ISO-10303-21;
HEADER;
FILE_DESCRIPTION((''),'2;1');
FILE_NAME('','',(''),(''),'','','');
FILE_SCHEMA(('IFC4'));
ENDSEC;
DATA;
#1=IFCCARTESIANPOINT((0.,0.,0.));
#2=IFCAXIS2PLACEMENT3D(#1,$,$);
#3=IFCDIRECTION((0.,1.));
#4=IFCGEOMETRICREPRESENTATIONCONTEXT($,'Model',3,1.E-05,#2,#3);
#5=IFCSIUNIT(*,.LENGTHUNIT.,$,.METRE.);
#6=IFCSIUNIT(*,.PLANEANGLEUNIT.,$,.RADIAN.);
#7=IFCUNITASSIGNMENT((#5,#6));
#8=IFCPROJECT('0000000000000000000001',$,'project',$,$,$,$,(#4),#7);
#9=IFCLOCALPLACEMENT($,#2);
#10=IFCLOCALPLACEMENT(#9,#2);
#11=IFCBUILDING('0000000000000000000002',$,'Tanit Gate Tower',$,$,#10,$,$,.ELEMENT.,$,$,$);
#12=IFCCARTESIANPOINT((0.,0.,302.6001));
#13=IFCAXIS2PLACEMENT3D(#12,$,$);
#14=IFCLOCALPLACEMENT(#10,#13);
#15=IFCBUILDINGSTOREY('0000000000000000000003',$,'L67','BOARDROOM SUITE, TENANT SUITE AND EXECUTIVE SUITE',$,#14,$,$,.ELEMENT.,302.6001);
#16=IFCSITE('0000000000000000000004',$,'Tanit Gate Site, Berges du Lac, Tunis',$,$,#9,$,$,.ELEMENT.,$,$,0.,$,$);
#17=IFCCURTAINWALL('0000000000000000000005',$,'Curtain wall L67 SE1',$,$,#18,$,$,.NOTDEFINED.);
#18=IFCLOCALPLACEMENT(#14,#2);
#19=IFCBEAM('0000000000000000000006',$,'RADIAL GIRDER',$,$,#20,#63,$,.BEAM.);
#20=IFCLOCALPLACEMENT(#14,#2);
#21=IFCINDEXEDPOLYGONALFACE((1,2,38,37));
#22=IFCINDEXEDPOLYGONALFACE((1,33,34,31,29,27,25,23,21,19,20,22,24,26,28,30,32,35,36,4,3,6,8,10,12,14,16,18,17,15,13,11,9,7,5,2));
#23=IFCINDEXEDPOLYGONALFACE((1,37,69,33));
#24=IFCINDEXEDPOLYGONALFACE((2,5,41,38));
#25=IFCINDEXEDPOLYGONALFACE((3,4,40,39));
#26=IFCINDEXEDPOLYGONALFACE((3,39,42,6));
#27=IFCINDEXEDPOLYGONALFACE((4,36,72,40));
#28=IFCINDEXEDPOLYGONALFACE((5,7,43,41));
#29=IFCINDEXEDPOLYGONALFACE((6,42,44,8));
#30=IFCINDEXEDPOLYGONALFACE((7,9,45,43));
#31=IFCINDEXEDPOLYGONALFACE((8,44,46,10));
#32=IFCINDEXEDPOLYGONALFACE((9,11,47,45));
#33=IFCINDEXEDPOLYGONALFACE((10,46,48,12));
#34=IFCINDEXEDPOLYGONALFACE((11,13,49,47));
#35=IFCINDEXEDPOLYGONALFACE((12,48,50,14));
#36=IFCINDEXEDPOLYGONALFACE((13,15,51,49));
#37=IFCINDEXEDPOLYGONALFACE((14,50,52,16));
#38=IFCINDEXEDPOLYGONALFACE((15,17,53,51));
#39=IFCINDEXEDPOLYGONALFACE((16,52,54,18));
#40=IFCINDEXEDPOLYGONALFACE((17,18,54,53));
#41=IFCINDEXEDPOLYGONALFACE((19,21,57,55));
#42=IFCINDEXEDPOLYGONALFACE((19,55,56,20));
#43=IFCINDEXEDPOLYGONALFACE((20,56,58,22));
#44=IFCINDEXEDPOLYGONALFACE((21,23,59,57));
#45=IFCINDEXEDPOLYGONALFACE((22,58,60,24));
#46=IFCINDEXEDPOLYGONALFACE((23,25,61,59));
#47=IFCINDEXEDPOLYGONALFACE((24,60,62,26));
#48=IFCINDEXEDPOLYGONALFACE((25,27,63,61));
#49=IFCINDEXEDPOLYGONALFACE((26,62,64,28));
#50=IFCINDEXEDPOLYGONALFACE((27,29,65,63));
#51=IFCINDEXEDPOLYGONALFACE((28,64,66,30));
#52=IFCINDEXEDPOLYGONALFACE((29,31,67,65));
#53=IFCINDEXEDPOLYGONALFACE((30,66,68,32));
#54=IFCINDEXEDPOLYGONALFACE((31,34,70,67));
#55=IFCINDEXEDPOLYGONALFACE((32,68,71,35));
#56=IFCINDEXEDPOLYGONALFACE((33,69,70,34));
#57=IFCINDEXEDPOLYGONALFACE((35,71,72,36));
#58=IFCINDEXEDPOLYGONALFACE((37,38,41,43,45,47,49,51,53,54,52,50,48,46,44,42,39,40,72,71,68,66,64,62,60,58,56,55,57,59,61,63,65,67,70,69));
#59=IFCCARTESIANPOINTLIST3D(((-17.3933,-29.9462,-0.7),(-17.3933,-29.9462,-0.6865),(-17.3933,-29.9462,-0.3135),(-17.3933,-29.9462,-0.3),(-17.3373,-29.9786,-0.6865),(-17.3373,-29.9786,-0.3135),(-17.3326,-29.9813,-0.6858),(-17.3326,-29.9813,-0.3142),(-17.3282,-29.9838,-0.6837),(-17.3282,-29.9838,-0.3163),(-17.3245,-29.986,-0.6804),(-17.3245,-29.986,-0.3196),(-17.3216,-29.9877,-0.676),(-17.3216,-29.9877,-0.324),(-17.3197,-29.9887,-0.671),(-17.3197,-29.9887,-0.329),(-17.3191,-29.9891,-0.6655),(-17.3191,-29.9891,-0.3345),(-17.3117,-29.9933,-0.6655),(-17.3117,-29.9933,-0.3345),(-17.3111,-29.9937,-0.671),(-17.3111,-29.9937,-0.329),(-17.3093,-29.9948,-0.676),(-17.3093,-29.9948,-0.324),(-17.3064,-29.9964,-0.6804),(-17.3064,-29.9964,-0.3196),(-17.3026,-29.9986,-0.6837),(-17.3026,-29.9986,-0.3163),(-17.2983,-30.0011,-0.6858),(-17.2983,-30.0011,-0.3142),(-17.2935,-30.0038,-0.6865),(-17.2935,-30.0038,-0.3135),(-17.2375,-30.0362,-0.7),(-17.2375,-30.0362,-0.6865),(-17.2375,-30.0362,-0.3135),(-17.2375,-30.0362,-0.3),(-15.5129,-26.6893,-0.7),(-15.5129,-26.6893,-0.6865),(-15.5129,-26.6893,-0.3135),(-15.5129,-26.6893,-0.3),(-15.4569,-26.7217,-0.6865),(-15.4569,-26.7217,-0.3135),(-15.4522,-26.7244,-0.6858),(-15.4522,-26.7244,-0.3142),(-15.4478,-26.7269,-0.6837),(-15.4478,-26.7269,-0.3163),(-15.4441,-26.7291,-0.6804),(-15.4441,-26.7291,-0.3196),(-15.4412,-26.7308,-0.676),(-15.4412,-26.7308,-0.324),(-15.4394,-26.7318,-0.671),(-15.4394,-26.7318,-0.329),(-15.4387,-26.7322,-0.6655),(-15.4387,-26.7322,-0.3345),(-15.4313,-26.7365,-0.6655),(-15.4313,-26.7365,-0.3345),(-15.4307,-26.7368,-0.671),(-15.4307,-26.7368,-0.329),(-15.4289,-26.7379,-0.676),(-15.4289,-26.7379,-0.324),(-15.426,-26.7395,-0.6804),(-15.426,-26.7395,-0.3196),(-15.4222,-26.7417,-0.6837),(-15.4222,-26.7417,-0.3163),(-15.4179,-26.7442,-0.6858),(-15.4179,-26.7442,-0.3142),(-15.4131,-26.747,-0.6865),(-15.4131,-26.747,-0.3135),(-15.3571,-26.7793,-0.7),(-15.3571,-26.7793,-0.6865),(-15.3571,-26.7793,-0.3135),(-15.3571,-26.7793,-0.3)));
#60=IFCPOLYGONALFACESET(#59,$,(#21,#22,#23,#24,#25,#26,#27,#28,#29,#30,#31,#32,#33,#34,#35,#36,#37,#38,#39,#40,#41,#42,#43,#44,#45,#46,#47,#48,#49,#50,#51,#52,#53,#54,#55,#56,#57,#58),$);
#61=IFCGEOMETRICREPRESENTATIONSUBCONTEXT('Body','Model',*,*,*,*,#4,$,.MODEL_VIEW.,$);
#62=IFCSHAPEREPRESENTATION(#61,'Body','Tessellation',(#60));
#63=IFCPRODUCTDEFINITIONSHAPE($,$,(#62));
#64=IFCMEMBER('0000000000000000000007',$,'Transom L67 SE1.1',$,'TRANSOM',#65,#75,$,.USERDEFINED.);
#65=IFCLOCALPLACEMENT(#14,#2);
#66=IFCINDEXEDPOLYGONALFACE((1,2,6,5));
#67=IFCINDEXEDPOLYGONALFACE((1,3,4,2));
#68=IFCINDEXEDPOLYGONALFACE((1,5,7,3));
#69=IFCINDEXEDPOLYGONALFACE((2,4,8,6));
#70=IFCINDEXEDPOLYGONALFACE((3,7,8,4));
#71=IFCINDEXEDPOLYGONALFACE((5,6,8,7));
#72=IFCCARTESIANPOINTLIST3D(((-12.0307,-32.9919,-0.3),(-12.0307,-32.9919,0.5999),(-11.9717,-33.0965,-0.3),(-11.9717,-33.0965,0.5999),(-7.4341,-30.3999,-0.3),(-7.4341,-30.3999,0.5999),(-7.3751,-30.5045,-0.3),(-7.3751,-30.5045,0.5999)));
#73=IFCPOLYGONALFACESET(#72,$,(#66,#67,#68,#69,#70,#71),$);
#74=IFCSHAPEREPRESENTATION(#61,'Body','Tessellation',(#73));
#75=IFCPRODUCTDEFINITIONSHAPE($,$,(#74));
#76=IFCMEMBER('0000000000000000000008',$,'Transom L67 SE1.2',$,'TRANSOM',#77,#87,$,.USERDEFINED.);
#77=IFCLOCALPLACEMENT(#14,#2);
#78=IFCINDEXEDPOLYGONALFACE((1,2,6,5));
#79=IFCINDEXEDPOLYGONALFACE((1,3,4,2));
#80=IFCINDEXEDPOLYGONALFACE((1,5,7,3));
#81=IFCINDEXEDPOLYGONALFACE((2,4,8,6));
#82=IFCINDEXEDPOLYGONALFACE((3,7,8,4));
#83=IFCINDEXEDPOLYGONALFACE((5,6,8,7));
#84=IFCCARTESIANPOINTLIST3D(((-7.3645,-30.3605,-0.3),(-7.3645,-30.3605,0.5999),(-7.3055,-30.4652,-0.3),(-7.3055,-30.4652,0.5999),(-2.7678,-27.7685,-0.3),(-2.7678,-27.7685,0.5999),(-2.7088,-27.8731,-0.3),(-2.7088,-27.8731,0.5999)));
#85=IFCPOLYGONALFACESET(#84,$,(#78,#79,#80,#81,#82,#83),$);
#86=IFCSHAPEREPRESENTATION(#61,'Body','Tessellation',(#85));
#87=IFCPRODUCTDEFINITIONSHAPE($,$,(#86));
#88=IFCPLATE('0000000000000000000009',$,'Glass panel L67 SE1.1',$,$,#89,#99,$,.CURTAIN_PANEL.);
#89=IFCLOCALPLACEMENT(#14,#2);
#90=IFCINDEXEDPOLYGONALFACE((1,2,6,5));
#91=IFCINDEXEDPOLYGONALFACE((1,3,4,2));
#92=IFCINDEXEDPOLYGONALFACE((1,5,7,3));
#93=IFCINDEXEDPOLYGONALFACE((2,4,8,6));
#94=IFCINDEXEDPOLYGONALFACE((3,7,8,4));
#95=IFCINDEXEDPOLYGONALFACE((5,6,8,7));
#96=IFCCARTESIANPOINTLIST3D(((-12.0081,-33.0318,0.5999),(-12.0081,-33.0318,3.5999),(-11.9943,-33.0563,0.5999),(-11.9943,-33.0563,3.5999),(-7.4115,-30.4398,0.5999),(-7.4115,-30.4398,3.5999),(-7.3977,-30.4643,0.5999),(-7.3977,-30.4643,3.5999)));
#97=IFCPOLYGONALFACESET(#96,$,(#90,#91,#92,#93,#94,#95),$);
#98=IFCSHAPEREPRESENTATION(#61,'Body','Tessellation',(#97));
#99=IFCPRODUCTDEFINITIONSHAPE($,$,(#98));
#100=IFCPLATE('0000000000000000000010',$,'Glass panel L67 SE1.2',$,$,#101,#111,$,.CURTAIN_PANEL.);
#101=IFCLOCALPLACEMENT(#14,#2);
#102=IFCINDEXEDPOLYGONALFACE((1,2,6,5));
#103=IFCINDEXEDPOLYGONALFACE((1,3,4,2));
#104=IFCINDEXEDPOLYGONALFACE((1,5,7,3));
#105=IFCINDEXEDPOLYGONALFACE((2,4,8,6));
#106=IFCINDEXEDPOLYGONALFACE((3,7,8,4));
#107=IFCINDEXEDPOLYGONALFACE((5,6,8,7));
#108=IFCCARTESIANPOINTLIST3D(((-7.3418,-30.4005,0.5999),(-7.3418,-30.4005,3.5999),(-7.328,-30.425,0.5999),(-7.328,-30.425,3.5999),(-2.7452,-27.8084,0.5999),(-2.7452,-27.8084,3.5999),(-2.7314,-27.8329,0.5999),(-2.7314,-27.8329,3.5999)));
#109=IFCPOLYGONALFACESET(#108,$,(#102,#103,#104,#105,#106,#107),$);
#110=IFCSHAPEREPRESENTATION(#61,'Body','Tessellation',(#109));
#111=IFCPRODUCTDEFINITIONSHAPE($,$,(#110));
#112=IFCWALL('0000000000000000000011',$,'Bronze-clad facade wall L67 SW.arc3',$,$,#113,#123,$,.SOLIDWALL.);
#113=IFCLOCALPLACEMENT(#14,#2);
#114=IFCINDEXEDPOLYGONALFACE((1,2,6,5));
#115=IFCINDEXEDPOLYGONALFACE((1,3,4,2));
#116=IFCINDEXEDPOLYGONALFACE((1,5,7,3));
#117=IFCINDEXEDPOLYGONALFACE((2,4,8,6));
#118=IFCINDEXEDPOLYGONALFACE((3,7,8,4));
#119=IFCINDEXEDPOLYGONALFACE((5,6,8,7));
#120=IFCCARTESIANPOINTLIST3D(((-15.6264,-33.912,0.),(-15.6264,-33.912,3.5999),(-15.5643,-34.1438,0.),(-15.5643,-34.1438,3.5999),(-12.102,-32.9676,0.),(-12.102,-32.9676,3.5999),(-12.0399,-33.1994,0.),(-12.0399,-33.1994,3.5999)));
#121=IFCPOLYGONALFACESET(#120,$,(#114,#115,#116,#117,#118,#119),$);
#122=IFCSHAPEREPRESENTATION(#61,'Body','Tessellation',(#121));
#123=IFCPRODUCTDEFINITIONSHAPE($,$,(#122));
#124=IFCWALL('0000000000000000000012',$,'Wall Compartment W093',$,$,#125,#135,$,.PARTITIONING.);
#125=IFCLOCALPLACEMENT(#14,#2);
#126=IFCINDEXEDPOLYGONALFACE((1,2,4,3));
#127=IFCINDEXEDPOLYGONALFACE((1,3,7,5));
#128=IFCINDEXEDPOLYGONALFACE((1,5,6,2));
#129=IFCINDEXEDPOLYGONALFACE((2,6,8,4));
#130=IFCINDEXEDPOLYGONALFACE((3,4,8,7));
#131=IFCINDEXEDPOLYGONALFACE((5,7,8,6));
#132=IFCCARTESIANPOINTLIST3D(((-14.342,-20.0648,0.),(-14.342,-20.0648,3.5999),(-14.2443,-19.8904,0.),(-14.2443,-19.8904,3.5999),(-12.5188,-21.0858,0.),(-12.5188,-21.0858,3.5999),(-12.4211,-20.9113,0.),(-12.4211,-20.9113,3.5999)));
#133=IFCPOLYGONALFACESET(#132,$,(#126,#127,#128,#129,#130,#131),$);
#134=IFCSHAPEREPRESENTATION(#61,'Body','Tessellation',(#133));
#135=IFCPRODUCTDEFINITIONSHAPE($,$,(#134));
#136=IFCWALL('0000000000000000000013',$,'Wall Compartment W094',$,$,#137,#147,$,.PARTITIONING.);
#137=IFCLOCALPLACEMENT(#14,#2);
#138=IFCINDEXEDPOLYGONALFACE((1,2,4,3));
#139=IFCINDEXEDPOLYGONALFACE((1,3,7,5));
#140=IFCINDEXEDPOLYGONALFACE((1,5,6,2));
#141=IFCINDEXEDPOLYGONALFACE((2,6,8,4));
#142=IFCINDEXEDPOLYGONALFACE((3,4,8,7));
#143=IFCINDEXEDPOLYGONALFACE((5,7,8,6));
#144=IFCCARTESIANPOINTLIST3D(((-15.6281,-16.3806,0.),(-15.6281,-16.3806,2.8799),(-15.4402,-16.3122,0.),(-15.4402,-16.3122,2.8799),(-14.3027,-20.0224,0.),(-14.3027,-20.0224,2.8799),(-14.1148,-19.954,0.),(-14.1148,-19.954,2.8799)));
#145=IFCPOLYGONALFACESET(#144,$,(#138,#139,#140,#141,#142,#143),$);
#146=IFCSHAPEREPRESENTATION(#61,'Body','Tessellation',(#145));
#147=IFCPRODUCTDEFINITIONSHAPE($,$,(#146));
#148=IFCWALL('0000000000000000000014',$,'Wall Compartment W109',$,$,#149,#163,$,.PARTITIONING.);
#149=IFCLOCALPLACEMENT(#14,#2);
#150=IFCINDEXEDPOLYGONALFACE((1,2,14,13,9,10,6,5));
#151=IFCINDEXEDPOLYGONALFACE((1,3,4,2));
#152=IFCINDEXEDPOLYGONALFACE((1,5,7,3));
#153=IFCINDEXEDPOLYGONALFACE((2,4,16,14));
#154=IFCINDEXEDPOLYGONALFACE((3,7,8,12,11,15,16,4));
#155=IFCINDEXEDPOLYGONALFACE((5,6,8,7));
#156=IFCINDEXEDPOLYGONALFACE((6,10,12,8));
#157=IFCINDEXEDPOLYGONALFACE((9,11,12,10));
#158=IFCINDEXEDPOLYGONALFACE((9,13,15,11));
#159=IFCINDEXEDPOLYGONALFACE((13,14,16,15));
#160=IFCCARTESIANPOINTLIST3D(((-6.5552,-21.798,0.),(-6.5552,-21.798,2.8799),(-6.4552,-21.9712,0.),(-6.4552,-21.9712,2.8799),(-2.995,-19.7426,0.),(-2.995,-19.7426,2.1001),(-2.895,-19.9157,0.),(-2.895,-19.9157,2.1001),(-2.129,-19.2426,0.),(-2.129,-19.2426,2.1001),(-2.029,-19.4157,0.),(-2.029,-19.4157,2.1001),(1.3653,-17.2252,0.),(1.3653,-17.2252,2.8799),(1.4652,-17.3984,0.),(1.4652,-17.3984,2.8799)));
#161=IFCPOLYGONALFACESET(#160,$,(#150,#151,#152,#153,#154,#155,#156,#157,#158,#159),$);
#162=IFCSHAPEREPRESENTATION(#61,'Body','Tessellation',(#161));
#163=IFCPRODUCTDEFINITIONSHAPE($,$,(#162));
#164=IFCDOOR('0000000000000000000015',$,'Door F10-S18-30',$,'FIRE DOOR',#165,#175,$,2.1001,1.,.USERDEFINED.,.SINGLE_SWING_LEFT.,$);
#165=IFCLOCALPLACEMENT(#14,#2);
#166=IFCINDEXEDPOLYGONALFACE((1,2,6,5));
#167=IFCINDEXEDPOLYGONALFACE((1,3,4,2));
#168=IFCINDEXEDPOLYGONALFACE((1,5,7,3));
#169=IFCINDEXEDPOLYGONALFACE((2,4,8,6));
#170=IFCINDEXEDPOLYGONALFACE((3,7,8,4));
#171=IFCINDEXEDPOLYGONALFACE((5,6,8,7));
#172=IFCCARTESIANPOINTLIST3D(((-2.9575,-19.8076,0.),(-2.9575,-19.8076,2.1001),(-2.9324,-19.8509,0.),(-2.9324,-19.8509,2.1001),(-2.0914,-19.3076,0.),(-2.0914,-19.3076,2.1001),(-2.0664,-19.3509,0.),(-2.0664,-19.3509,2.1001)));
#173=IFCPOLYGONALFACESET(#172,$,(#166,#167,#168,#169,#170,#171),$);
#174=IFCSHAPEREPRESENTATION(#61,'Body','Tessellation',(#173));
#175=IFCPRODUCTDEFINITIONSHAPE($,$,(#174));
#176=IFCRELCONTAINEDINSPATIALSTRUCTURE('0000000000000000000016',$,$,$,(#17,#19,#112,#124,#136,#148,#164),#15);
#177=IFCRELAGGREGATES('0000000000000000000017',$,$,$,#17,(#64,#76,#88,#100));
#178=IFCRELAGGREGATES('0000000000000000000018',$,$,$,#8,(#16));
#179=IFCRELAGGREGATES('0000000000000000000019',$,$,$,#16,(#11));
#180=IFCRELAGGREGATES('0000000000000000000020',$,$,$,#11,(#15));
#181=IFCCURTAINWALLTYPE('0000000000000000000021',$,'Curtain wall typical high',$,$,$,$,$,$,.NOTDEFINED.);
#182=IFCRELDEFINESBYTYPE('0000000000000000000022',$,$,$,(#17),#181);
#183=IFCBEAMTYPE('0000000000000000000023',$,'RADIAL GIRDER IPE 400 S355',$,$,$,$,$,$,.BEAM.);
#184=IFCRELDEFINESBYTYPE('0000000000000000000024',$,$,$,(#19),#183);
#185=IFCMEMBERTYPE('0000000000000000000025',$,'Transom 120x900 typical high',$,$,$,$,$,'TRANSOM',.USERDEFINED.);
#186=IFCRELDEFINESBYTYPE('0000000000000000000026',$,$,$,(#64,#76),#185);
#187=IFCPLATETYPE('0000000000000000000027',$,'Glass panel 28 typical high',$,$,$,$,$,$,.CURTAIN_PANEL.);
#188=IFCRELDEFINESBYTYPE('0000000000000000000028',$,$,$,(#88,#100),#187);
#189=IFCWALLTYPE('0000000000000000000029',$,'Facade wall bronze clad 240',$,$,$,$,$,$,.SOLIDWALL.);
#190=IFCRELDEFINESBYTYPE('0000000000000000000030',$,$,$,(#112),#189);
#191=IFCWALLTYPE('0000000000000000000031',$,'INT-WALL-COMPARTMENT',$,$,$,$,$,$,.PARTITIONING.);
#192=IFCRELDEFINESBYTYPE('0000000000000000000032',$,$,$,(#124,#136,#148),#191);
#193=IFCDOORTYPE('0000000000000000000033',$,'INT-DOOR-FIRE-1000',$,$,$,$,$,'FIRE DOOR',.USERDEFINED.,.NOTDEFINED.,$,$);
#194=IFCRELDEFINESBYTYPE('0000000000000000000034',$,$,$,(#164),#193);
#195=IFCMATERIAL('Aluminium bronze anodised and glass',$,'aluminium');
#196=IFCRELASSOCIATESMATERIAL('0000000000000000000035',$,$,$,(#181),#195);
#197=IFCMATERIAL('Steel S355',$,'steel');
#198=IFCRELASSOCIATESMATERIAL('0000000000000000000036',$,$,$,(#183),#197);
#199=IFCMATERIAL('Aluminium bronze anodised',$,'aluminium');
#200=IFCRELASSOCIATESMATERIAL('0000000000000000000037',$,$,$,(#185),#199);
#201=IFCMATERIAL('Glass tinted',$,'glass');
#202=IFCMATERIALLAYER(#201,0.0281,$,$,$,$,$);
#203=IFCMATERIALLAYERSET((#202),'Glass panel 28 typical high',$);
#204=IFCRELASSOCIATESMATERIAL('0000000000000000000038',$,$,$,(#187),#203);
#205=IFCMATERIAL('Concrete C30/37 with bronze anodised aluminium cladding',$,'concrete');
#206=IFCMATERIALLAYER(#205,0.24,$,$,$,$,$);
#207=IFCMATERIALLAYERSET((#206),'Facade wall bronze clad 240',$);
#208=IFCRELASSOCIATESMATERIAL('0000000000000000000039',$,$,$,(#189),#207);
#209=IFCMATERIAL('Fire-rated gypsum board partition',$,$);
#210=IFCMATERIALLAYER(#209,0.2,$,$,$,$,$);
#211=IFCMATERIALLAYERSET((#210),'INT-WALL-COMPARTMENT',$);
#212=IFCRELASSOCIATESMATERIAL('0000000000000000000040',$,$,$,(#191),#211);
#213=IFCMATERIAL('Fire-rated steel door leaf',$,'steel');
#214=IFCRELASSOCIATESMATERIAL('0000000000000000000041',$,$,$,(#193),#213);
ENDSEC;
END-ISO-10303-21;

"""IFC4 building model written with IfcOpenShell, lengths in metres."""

from ifc_helpers import new_model, si_unit, direction, frame, frame_2d, origin, origin_2d, place, context, subcontext, project, spatial, rectangle, i_section, extrude, material, layer, layer_set, material_profile, profile_set, type_object, element, fill, aggregate, save


model = new_model("IFC4")

# Units and contexts
model_context = context("Model", 3, precision=1e-05, world=origin(), true_north=direction((0.0, 1.0)))
body_context = subcontext(model_context, "Body", "Model", "MODEL_VIEW")
ifc_project = project(units=[si_unit("LENGTHUNIT", "METRE"), si_unit("PLANEANGLEUNIT", "RADIAN")], contexts=[model_context])

# Site, building, storey
site_placement = place(None, origin())
site = spatial("IfcSite", under=ifc_project, at=site_placement, Name="Tanit Gate Site, Berges du Lac, Tunis", CompositionType="ELEMENT", RefElevation=0.0)
building_placement = place(site_placement, origin())
building = spatial("IfcBuilding", under=site, at=building_placement, Name="Tanit Gate Tower", CompositionType="ELEMENT")
storey_placement = place(building_placement, frame((0.0, 0.0, 302.6001)))
storey = spatial("IfcBuildingStorey", under=building, at=storey_placement, Name="L67", Description="BOARDROOM SUITE, TENANT SUITE AND EXECUTIVE SUITE", CompositionType="ELEMENT", Elevation=302.6001)

# Curtain wall
ifc_material_1 = material(Name="Aluminium bronze anodised and glass", Category="aluminium")
curtain_wall_type = type_object("IfcCurtainWallType", Name="Curtain wall typical high", PredefinedType="NOTDEFINED", material=ifc_material_1)
curtain_wall_placement = place(storey_placement, origin())
curtain_wall = element("IfcCurtainWall", 1, at=curtain_wall_placement, inside=storey, type_object=curtain_wall_type, Name="Curtain wall L67 SE1", PredefinedType="NOTDEFINED")

# Beam
ifc_material_2 = material(Name="Steel S355", Category="steel")
ifc_material_profile_1 = material_profile(ifc_material_2, i_section(OverallWidth=0.1799, OverallDepth=0.3999, WebThickness=0.0085, FlangeThickness=0.0134, FilletRadius=0.021, at=origin_2d()), Name="IPE 400")
ifc_profile_set_1 = profile_set([ifc_material_profile_1], Name="Steel S355")
beam_type_1 = type_object("IfcBeamType", Name="RADIAL GIRDER IPE 400 S355", PredefinedType="BEAM", material=ifc_profile_set_1)
beam_1_placement = place(storey_placement, frame((-17.3154, -29.9912, -0.5), z_axis=(0.500007, 0.866021, 0.0), x_axis=(-0.866021, 0.500007, 0.0)))
element("IfcBeam", 2, at=beam_1_placement, inside=storey, type_object=beam_type_1, Name="RADIAL GIRDER", PredefinedType="BEAM", context=body_context, shape_type="SweptSolid", body=[
    extrude(i_section(OverallWidth=0.1799, OverallDepth=0.3999, WebThickness=0.0085, FlangeThickness=0.0134, FilletRadius=0.021, at=origin_2d()), origin(), (0.0, 0.0, 1.0), 3.7607),
])

# Members
ifc_material_3 = material(Name="Aluminium bronze anodised", Category="aluminium")
ifc_material_profile_2 = material_profile(ifc_material_3, rectangle(XDim=0.1201, YDim=0.8999, at=origin_2d()), Name="120x900 bronze transom")
ifc_profile_set_2 = profile_set([ifc_material_profile_2], Name="Aluminium bronze anodised")
member_type_1 = type_object("IfcMemberType", Name="Transom 120x900 typical high", ElementType="TRANSOM", PredefinedType="USERDEFINED", material=ifc_profile_set_2)
member_1_placement = place(storey_placement, frame((-12.0012, -33.0442, 0.1499), z_axis=(0.871056, 0.491183, 0.0), x_axis=(-0.491183, 0.871056, 0.0)))
member_1 = element("IfcMember", 3, at=member_1_placement, type_object=member_type_1, Name="Transom L67 SE1.1", ObjectType="TRANSOM", PredefinedType="USERDEFINED", context=body_context, shape_type="SweptSolid", body=[
    extrude(rectangle(XDim=0.1201, YDim=0.8999, at=origin_2d()), origin(), (0.0, 0.0, 1.0), 5.2771),
])
member_2_placement = place(storey_placement, frame((-7.335, -30.4128, 0.1499), z_axis=(0.871056, 0.491183, 0.0), x_axis=(-0.491183, 0.871056, 0.0)))
member_2 = element("IfcMember", 4, at=member_2_placement, type_object=member_type_1, Name="Transom L67 SE1.2", ObjectType="TRANSOM", PredefinedType="USERDEFINED", context=body_context, shape_type="SweptSolid", body=[
    extrude(rectangle(XDim=0.1201, YDim=0.8999, at=origin_2d()), origin(), (0.0, 0.0, 1.0), 5.2771),
])

# Plates
ifc_material_4 = material(Name="Glass tinted", Category="glass")
ifc_layer_1 = layer(ifc_material_4, 0.0281)
ifc_layer_set_1 = layer_set([ifc_layer_1], Name="Glass panel 28 typical high")
plate_type = type_object("IfcPlateType", Name="Glass panel 28 typical high", PredefinedType="CURTAIN_PANEL", material=ifc_layer_set_1)
plate_1_placement = place(storey_placement, frame((-9.7029, -31.748, 0.5999), z_axis=(0.0, 0.0, 1.0), x_axis=(0.871054, 0.491188, 0.0)))
plate_1 = element("IfcPlate", 5, at=plate_1_placement, type_object=plate_type, Name="Glass panel L67 SE1.1", PredefinedType="CURTAIN_PANEL", context=body_context, shape_type="SweptSolid", body=[
    extrude(rectangle(XDim=5.2771, YDim=0.0281, at=origin_2d()), origin(), (0.0, 0.0, 1.0), 3.0),
])
plate_2_placement = place(storey_placement, frame((-5.0366, -29.1167, 0.5999), z_axis=(0.0, 0.0, 1.0), x_axis=(0.871054, 0.491188, 0.0)))
plate_2 = element("IfcPlate", 6, at=plate_2_placement, type_object=plate_type, Name="Glass panel L67 SE1.2", PredefinedType="CURTAIN_PANEL", context=body_context, shape_type="SweptSolid", body=[
    extrude(rectangle(XDim=5.2771, YDim=0.0281, at=origin_2d()), origin(), (0.0, 0.0, 1.0), 3.0),
])
aggregate(curtain_wall, [member_1, member_2, plate_1, plate_2])

# Walls
ifc_material_5 = material(Name="Concrete C30/37 with bronze anodised aluminium cladding", Category="concrete")
ifc_layer_2 = layer(ifc_material_5, 0.24)
ifc_layer_set_2 = layer_set([ifc_layer_2], Name="Facade wall bronze clad 240")
wall_type_1 = type_object("IfcWallType", Name="Facade wall bronze clad 240", PredefinedType="SOLIDWALL", material=ifc_layer_set_2)
wall_1_placement = place(storey_placement, frame((-15.5952, -34.0278, 0.0), z_axis=(0.0, 0.0, 1.0), x_axis=(0.965928, 0.258812, 0.0)))
element("IfcWall", 7, at=wall_1_placement, inside=storey, type_object=wall_type_1, Name="Bronze-clad facade wall L67 SW.arc3", PredefinedType="SOLIDWALL", context=body_context, shape_type="SweptSolid", body=[
    extrude(rectangle(XDim=3.6487, YDim=0.24, at=frame_2d((1.8242, 0.0))), origin(), (0.0, 0.0, 1.0), 3.5999),
])
ifc_material_6 = material(Name="Fire-rated gypsum board partition")
ifc_layer_3 = layer(ifc_material_6, 0.2)
ifc_layer_set_3 = layer_set([ifc_layer_3], Name="INT-WALL-COMPARTMENT")
wall_type_2 = type_object("IfcWallType", Name="INT-WALL-COMPARTMENT", PredefinedType="PARTITIONING", material=ifc_layer_set_3)
wall_2_placement = place(storey_placement, frame((-14.2932, -19.9775, 0.0), z_axis=(0.0, 0.0, 1.0), x_axis=(0.87251, -0.488596, 0.0)))
element("IfcWall", 8, at=wall_2_placement, inside=storey, type_object=wall_type_2, Name="Wall Compartment W093", PredefinedType="PARTITIONING", context=body_context, shape_type="SweptSolid", body=[
    extrude(rectangle(XDim=2.0896, YDim=0.2, at=frame_2d((1.0449, 0.0))), origin(), (0.0, 0.0, 1.0), 3.5999),
])
wall_3_placement = place(storey_placement, frame((-15.5342, -16.3464, 0.0), z_axis=(0.0, 0.0, 1.0), x_axis=(0.342001, -0.9397, 0.0)))
element("IfcWall", 9, at=wall_3_placement, inside=storey, type_object=wall_type_2, Name="Wall Compartment W094", PredefinedType="PARTITIONING", context=body_context, shape_type="SweptSolid", body=[
    extrude(rectangle(XDim=3.8755, YDim=0.2, at=frame_2d((1.9377, 0.0))), origin(), (0.0, 0.0, 1.0), 2.8799),
])

# Wall, opening, door
wall_4_placement = place(storey_placement, frame((-6.5051, -21.8845, 0.0), z_axis=(0.0, 0.0, 1.0), x_axis=(0.86603, 0.499992, 0.0)))
wall_4 = element("IfcWall", 10, at=wall_4_placement, inside=storey, type_object=wall_type_2, Name="Wall Compartment W109", PredefinedType="PARTITIONING", context=body_context, shape_type="SweptSolid", body=[
    extrude(rectangle(XDim=9.1458, YDim=0.2, at=frame_2d((4.5728, 0.0))), origin(), (0.0, 0.0, 1.0), 2.8799),
])
opening_1_placement = place(wall_4_placement, frame((4.1108, 0.0, 0.0)))
opening_1 = element("IfcOpeningElement", 11, at=opening_1_placement, cuts=wall_4, PredefinedType="OPENING", context=body_context, shape_type="SweptSolid", body=[
    extrude(rectangle(XDim=1.0, YDim=2.1001, at=frame_2d((0.5, 1.05))), frame((0.0, 0.1099, 0.0), z_axis=(0.0, -1.0, 0.0), x_axis=(1.0, 0.0, 0.0)), (0.0, 0.0, 1.0), 0.22),
])
ifc_material_7 = material(Name="Fire-rated steel door leaf", Category="steel")
door_type_1 = type_object("IfcDoorType", Name="INT-DOOR-FIRE-1000", ElementType="FIRE DOOR", OperationType="NOTDEFINED", PredefinedType="USERDEFINED", material=ifc_material_7)
door_1_placement = place(opening_1_placement, origin())
door_1 = element("IfcDoor", 12, at=door_1_placement, inside=storey, type_object=door_type_1, Name="Door F10-S18-30", ObjectType="FIRE DOOR", OperationType="SINGLE_SWING_LEFT", OverallHeight=2.1001, OverallWidth=1.0, PredefinedType="USERDEFINED", context=body_context, shape_type="SweptSolid", body=[
    extrude(rectangle(XDim=1.0, YDim=2.1001, at=frame_2d((0.5, 1.05))), frame((0.0, 0.0249, 0.0), z_axis=(0.0, -1.0, 0.0), x_axis=(1.0, 0.0, 0.0)), (0.0, 0.0, 1.0), 0.05),
])
fill(opening_1, door_1)

save(model, "model.ifc")
